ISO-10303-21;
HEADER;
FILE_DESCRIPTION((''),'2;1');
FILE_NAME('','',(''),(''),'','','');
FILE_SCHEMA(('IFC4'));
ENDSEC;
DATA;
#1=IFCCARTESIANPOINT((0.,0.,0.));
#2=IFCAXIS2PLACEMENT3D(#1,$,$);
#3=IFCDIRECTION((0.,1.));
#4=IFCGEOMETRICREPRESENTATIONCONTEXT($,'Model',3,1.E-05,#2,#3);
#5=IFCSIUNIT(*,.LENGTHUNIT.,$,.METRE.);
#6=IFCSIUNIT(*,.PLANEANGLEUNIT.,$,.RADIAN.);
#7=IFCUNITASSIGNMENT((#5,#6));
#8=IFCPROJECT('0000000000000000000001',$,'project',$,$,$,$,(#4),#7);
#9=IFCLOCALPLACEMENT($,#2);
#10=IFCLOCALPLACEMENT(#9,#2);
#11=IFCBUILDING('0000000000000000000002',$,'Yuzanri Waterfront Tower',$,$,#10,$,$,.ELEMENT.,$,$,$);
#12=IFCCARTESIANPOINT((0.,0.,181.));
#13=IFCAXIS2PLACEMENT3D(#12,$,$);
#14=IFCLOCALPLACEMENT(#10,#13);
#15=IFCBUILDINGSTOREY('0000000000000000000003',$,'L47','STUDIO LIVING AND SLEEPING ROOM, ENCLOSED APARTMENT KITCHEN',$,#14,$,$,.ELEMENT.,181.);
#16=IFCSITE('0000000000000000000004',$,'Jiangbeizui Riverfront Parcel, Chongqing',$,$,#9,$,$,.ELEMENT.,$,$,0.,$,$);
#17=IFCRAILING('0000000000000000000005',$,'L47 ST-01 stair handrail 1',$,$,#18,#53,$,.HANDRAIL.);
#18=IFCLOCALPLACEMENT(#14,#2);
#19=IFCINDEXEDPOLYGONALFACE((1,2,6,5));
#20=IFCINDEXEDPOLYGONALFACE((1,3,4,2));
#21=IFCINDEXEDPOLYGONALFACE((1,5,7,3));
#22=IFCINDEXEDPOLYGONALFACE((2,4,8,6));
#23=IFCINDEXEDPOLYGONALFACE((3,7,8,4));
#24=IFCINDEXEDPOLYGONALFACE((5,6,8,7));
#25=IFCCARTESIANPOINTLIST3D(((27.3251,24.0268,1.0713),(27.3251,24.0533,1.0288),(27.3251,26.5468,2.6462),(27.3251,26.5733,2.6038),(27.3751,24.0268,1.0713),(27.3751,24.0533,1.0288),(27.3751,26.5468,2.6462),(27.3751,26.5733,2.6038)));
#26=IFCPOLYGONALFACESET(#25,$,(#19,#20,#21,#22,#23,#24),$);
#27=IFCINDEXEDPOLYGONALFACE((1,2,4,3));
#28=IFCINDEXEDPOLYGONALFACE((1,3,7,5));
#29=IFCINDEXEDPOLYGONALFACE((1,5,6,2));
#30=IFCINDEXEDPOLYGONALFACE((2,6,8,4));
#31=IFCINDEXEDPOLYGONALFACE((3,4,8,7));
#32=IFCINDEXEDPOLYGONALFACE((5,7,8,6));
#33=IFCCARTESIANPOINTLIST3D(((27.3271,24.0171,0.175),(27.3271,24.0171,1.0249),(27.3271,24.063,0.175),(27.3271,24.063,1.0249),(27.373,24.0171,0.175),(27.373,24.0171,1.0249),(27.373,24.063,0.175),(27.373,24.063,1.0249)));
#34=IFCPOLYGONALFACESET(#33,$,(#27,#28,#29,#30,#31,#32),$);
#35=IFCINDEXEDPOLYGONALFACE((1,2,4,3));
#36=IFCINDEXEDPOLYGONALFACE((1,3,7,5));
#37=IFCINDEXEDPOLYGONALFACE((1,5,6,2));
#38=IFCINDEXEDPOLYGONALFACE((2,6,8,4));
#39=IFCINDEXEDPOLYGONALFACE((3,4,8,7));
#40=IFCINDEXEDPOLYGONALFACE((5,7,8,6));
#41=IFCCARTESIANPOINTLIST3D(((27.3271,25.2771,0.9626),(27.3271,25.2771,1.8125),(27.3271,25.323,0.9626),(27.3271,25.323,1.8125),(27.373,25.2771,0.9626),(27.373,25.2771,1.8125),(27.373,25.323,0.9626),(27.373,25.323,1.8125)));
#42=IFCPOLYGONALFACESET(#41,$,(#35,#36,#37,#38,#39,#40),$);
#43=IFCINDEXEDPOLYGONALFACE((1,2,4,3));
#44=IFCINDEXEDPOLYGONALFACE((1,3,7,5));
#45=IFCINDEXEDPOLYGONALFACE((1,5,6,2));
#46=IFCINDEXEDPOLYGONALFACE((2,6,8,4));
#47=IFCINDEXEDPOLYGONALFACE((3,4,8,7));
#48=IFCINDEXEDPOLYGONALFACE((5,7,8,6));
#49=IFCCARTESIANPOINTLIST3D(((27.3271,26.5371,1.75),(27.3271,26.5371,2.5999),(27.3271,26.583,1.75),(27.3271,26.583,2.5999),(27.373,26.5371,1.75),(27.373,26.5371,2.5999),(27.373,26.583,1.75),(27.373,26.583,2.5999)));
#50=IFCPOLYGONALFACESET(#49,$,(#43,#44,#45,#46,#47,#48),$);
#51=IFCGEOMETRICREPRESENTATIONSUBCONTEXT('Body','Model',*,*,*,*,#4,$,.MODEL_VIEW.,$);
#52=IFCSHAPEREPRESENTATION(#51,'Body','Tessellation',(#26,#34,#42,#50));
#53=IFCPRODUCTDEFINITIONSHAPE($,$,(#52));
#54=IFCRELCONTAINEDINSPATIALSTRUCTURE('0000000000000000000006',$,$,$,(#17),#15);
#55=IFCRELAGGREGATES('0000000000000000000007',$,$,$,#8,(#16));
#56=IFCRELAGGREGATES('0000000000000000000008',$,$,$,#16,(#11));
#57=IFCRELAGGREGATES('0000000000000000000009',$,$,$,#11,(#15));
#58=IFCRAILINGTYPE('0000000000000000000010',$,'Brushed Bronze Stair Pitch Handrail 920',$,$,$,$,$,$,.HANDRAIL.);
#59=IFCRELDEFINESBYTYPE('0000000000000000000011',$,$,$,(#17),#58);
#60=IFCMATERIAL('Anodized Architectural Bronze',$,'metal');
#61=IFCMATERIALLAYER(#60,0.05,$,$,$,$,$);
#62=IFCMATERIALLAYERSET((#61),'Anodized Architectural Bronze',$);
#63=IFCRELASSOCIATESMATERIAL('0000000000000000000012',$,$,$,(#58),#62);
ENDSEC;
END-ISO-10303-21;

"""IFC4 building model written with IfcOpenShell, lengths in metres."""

from ifc_helpers import new_model, si_unit, direction, frame, origin, origin_2d, place, context, subcontext, project, spatial, rectangle, extrude, source, transform, mapped, material, layer, layer_set, type_object, element, save


model = new_model("IFC4")

# Units and contexts
model_context = context("Model", 3, precision=1e-05, world=origin(), true_north=direction((0.0, 1.0)))
body_context = subcontext(model_context, "Body", "Model", "MODEL_VIEW")
ifc_project = project(units=[si_unit("LENGTHUNIT", "METRE"), si_unit("PLANEANGLEUNIT", "RADIAN")], contexts=[model_context])

# Site, building, storey
site_placement = place(None, origin())
site = spatial("IfcSite", under=ifc_project, at=site_placement, Name="Jiangbeizui Riverfront Parcel, Chongqing", CompositionType="ELEMENT", RefElevation=0.0)
building_placement = place(site_placement, origin())
building = spatial("IfcBuilding", under=site, at=building_placement, Name="Yuzanri Waterfront Tower", CompositionType="ELEMENT")
storey_placement = place(building_placement, frame((0.0, 0.0, 181.0)))
storey = spatial("IfcBuildingStorey", under=building, at=storey_placement, Name="L47", Description="STUDIO LIVING AND SLEEPING ROOM, ENCLOSED APARTMENT KITCHEN", CompositionType="ELEMENT", Elevation=181.0)

# Railing
ifc_material_1 = material(Name="Anodized Architectural Bronze", Category="metal")
ifc_layer_1 = layer(ifc_material_1, 0.05)
ifc_layer_set_1 = layer_set([ifc_layer_1], Name="Anodized Architectural Bronze")
railing_type_1 = type_object("IfcRailingType", Name="Brushed Bronze Stair Pitch Handrail 920", PredefinedType="HANDRAIL", material=ifc_layer_set_1)
shared_shape_1 = source(origin(), body_context, "Body", "SweptSolid", [
    extrude(rectangle(XDim=0.05, YDim=0.05, at=origin_2d()), frame((0.0, 0.0, 0.875), z_axis=(0.0, 0.848008, 0.529984), x_axis=(-1.0, 0.0, 0.0)), (0.0, 0.0, 1.0), 2.9717),
    extrude(rectangle(XDim=0.0459, YDim=0.0459, at=origin_2d()), origin(), (0.0, 0.0, 1.0), 0.8499),
    extrude(rectangle(XDim=0.0459, YDim=0.0459, at=origin_2d()), frame((0.0, 1.26, 0.7876)), (0.0, 0.0, 1.0), 0.8499),
    extrude(rectangle(XDim=0.0459, YDim=0.0459, at=origin_2d()), frame((0.0, 2.52, 1.575)), (0.0, 0.0, 1.0), 0.8499),
])
railing_1_placement = place(storey_placement, frame((27.3501, 24.04, 0.175)))
element("IfcRailing", 1, at=railing_1_placement, inside=storey, type_object=railing_type_1, Name="L47 ST-01 stair handrail 1", PredefinedType="HANDRAIL", context=body_context, shape_type="MappedRepresentation", body=[
    mapped(shared_shape_1, transform((0.0, 0.0, 0.0), scale=1.0)),
])

save(model, "model.ifc")
